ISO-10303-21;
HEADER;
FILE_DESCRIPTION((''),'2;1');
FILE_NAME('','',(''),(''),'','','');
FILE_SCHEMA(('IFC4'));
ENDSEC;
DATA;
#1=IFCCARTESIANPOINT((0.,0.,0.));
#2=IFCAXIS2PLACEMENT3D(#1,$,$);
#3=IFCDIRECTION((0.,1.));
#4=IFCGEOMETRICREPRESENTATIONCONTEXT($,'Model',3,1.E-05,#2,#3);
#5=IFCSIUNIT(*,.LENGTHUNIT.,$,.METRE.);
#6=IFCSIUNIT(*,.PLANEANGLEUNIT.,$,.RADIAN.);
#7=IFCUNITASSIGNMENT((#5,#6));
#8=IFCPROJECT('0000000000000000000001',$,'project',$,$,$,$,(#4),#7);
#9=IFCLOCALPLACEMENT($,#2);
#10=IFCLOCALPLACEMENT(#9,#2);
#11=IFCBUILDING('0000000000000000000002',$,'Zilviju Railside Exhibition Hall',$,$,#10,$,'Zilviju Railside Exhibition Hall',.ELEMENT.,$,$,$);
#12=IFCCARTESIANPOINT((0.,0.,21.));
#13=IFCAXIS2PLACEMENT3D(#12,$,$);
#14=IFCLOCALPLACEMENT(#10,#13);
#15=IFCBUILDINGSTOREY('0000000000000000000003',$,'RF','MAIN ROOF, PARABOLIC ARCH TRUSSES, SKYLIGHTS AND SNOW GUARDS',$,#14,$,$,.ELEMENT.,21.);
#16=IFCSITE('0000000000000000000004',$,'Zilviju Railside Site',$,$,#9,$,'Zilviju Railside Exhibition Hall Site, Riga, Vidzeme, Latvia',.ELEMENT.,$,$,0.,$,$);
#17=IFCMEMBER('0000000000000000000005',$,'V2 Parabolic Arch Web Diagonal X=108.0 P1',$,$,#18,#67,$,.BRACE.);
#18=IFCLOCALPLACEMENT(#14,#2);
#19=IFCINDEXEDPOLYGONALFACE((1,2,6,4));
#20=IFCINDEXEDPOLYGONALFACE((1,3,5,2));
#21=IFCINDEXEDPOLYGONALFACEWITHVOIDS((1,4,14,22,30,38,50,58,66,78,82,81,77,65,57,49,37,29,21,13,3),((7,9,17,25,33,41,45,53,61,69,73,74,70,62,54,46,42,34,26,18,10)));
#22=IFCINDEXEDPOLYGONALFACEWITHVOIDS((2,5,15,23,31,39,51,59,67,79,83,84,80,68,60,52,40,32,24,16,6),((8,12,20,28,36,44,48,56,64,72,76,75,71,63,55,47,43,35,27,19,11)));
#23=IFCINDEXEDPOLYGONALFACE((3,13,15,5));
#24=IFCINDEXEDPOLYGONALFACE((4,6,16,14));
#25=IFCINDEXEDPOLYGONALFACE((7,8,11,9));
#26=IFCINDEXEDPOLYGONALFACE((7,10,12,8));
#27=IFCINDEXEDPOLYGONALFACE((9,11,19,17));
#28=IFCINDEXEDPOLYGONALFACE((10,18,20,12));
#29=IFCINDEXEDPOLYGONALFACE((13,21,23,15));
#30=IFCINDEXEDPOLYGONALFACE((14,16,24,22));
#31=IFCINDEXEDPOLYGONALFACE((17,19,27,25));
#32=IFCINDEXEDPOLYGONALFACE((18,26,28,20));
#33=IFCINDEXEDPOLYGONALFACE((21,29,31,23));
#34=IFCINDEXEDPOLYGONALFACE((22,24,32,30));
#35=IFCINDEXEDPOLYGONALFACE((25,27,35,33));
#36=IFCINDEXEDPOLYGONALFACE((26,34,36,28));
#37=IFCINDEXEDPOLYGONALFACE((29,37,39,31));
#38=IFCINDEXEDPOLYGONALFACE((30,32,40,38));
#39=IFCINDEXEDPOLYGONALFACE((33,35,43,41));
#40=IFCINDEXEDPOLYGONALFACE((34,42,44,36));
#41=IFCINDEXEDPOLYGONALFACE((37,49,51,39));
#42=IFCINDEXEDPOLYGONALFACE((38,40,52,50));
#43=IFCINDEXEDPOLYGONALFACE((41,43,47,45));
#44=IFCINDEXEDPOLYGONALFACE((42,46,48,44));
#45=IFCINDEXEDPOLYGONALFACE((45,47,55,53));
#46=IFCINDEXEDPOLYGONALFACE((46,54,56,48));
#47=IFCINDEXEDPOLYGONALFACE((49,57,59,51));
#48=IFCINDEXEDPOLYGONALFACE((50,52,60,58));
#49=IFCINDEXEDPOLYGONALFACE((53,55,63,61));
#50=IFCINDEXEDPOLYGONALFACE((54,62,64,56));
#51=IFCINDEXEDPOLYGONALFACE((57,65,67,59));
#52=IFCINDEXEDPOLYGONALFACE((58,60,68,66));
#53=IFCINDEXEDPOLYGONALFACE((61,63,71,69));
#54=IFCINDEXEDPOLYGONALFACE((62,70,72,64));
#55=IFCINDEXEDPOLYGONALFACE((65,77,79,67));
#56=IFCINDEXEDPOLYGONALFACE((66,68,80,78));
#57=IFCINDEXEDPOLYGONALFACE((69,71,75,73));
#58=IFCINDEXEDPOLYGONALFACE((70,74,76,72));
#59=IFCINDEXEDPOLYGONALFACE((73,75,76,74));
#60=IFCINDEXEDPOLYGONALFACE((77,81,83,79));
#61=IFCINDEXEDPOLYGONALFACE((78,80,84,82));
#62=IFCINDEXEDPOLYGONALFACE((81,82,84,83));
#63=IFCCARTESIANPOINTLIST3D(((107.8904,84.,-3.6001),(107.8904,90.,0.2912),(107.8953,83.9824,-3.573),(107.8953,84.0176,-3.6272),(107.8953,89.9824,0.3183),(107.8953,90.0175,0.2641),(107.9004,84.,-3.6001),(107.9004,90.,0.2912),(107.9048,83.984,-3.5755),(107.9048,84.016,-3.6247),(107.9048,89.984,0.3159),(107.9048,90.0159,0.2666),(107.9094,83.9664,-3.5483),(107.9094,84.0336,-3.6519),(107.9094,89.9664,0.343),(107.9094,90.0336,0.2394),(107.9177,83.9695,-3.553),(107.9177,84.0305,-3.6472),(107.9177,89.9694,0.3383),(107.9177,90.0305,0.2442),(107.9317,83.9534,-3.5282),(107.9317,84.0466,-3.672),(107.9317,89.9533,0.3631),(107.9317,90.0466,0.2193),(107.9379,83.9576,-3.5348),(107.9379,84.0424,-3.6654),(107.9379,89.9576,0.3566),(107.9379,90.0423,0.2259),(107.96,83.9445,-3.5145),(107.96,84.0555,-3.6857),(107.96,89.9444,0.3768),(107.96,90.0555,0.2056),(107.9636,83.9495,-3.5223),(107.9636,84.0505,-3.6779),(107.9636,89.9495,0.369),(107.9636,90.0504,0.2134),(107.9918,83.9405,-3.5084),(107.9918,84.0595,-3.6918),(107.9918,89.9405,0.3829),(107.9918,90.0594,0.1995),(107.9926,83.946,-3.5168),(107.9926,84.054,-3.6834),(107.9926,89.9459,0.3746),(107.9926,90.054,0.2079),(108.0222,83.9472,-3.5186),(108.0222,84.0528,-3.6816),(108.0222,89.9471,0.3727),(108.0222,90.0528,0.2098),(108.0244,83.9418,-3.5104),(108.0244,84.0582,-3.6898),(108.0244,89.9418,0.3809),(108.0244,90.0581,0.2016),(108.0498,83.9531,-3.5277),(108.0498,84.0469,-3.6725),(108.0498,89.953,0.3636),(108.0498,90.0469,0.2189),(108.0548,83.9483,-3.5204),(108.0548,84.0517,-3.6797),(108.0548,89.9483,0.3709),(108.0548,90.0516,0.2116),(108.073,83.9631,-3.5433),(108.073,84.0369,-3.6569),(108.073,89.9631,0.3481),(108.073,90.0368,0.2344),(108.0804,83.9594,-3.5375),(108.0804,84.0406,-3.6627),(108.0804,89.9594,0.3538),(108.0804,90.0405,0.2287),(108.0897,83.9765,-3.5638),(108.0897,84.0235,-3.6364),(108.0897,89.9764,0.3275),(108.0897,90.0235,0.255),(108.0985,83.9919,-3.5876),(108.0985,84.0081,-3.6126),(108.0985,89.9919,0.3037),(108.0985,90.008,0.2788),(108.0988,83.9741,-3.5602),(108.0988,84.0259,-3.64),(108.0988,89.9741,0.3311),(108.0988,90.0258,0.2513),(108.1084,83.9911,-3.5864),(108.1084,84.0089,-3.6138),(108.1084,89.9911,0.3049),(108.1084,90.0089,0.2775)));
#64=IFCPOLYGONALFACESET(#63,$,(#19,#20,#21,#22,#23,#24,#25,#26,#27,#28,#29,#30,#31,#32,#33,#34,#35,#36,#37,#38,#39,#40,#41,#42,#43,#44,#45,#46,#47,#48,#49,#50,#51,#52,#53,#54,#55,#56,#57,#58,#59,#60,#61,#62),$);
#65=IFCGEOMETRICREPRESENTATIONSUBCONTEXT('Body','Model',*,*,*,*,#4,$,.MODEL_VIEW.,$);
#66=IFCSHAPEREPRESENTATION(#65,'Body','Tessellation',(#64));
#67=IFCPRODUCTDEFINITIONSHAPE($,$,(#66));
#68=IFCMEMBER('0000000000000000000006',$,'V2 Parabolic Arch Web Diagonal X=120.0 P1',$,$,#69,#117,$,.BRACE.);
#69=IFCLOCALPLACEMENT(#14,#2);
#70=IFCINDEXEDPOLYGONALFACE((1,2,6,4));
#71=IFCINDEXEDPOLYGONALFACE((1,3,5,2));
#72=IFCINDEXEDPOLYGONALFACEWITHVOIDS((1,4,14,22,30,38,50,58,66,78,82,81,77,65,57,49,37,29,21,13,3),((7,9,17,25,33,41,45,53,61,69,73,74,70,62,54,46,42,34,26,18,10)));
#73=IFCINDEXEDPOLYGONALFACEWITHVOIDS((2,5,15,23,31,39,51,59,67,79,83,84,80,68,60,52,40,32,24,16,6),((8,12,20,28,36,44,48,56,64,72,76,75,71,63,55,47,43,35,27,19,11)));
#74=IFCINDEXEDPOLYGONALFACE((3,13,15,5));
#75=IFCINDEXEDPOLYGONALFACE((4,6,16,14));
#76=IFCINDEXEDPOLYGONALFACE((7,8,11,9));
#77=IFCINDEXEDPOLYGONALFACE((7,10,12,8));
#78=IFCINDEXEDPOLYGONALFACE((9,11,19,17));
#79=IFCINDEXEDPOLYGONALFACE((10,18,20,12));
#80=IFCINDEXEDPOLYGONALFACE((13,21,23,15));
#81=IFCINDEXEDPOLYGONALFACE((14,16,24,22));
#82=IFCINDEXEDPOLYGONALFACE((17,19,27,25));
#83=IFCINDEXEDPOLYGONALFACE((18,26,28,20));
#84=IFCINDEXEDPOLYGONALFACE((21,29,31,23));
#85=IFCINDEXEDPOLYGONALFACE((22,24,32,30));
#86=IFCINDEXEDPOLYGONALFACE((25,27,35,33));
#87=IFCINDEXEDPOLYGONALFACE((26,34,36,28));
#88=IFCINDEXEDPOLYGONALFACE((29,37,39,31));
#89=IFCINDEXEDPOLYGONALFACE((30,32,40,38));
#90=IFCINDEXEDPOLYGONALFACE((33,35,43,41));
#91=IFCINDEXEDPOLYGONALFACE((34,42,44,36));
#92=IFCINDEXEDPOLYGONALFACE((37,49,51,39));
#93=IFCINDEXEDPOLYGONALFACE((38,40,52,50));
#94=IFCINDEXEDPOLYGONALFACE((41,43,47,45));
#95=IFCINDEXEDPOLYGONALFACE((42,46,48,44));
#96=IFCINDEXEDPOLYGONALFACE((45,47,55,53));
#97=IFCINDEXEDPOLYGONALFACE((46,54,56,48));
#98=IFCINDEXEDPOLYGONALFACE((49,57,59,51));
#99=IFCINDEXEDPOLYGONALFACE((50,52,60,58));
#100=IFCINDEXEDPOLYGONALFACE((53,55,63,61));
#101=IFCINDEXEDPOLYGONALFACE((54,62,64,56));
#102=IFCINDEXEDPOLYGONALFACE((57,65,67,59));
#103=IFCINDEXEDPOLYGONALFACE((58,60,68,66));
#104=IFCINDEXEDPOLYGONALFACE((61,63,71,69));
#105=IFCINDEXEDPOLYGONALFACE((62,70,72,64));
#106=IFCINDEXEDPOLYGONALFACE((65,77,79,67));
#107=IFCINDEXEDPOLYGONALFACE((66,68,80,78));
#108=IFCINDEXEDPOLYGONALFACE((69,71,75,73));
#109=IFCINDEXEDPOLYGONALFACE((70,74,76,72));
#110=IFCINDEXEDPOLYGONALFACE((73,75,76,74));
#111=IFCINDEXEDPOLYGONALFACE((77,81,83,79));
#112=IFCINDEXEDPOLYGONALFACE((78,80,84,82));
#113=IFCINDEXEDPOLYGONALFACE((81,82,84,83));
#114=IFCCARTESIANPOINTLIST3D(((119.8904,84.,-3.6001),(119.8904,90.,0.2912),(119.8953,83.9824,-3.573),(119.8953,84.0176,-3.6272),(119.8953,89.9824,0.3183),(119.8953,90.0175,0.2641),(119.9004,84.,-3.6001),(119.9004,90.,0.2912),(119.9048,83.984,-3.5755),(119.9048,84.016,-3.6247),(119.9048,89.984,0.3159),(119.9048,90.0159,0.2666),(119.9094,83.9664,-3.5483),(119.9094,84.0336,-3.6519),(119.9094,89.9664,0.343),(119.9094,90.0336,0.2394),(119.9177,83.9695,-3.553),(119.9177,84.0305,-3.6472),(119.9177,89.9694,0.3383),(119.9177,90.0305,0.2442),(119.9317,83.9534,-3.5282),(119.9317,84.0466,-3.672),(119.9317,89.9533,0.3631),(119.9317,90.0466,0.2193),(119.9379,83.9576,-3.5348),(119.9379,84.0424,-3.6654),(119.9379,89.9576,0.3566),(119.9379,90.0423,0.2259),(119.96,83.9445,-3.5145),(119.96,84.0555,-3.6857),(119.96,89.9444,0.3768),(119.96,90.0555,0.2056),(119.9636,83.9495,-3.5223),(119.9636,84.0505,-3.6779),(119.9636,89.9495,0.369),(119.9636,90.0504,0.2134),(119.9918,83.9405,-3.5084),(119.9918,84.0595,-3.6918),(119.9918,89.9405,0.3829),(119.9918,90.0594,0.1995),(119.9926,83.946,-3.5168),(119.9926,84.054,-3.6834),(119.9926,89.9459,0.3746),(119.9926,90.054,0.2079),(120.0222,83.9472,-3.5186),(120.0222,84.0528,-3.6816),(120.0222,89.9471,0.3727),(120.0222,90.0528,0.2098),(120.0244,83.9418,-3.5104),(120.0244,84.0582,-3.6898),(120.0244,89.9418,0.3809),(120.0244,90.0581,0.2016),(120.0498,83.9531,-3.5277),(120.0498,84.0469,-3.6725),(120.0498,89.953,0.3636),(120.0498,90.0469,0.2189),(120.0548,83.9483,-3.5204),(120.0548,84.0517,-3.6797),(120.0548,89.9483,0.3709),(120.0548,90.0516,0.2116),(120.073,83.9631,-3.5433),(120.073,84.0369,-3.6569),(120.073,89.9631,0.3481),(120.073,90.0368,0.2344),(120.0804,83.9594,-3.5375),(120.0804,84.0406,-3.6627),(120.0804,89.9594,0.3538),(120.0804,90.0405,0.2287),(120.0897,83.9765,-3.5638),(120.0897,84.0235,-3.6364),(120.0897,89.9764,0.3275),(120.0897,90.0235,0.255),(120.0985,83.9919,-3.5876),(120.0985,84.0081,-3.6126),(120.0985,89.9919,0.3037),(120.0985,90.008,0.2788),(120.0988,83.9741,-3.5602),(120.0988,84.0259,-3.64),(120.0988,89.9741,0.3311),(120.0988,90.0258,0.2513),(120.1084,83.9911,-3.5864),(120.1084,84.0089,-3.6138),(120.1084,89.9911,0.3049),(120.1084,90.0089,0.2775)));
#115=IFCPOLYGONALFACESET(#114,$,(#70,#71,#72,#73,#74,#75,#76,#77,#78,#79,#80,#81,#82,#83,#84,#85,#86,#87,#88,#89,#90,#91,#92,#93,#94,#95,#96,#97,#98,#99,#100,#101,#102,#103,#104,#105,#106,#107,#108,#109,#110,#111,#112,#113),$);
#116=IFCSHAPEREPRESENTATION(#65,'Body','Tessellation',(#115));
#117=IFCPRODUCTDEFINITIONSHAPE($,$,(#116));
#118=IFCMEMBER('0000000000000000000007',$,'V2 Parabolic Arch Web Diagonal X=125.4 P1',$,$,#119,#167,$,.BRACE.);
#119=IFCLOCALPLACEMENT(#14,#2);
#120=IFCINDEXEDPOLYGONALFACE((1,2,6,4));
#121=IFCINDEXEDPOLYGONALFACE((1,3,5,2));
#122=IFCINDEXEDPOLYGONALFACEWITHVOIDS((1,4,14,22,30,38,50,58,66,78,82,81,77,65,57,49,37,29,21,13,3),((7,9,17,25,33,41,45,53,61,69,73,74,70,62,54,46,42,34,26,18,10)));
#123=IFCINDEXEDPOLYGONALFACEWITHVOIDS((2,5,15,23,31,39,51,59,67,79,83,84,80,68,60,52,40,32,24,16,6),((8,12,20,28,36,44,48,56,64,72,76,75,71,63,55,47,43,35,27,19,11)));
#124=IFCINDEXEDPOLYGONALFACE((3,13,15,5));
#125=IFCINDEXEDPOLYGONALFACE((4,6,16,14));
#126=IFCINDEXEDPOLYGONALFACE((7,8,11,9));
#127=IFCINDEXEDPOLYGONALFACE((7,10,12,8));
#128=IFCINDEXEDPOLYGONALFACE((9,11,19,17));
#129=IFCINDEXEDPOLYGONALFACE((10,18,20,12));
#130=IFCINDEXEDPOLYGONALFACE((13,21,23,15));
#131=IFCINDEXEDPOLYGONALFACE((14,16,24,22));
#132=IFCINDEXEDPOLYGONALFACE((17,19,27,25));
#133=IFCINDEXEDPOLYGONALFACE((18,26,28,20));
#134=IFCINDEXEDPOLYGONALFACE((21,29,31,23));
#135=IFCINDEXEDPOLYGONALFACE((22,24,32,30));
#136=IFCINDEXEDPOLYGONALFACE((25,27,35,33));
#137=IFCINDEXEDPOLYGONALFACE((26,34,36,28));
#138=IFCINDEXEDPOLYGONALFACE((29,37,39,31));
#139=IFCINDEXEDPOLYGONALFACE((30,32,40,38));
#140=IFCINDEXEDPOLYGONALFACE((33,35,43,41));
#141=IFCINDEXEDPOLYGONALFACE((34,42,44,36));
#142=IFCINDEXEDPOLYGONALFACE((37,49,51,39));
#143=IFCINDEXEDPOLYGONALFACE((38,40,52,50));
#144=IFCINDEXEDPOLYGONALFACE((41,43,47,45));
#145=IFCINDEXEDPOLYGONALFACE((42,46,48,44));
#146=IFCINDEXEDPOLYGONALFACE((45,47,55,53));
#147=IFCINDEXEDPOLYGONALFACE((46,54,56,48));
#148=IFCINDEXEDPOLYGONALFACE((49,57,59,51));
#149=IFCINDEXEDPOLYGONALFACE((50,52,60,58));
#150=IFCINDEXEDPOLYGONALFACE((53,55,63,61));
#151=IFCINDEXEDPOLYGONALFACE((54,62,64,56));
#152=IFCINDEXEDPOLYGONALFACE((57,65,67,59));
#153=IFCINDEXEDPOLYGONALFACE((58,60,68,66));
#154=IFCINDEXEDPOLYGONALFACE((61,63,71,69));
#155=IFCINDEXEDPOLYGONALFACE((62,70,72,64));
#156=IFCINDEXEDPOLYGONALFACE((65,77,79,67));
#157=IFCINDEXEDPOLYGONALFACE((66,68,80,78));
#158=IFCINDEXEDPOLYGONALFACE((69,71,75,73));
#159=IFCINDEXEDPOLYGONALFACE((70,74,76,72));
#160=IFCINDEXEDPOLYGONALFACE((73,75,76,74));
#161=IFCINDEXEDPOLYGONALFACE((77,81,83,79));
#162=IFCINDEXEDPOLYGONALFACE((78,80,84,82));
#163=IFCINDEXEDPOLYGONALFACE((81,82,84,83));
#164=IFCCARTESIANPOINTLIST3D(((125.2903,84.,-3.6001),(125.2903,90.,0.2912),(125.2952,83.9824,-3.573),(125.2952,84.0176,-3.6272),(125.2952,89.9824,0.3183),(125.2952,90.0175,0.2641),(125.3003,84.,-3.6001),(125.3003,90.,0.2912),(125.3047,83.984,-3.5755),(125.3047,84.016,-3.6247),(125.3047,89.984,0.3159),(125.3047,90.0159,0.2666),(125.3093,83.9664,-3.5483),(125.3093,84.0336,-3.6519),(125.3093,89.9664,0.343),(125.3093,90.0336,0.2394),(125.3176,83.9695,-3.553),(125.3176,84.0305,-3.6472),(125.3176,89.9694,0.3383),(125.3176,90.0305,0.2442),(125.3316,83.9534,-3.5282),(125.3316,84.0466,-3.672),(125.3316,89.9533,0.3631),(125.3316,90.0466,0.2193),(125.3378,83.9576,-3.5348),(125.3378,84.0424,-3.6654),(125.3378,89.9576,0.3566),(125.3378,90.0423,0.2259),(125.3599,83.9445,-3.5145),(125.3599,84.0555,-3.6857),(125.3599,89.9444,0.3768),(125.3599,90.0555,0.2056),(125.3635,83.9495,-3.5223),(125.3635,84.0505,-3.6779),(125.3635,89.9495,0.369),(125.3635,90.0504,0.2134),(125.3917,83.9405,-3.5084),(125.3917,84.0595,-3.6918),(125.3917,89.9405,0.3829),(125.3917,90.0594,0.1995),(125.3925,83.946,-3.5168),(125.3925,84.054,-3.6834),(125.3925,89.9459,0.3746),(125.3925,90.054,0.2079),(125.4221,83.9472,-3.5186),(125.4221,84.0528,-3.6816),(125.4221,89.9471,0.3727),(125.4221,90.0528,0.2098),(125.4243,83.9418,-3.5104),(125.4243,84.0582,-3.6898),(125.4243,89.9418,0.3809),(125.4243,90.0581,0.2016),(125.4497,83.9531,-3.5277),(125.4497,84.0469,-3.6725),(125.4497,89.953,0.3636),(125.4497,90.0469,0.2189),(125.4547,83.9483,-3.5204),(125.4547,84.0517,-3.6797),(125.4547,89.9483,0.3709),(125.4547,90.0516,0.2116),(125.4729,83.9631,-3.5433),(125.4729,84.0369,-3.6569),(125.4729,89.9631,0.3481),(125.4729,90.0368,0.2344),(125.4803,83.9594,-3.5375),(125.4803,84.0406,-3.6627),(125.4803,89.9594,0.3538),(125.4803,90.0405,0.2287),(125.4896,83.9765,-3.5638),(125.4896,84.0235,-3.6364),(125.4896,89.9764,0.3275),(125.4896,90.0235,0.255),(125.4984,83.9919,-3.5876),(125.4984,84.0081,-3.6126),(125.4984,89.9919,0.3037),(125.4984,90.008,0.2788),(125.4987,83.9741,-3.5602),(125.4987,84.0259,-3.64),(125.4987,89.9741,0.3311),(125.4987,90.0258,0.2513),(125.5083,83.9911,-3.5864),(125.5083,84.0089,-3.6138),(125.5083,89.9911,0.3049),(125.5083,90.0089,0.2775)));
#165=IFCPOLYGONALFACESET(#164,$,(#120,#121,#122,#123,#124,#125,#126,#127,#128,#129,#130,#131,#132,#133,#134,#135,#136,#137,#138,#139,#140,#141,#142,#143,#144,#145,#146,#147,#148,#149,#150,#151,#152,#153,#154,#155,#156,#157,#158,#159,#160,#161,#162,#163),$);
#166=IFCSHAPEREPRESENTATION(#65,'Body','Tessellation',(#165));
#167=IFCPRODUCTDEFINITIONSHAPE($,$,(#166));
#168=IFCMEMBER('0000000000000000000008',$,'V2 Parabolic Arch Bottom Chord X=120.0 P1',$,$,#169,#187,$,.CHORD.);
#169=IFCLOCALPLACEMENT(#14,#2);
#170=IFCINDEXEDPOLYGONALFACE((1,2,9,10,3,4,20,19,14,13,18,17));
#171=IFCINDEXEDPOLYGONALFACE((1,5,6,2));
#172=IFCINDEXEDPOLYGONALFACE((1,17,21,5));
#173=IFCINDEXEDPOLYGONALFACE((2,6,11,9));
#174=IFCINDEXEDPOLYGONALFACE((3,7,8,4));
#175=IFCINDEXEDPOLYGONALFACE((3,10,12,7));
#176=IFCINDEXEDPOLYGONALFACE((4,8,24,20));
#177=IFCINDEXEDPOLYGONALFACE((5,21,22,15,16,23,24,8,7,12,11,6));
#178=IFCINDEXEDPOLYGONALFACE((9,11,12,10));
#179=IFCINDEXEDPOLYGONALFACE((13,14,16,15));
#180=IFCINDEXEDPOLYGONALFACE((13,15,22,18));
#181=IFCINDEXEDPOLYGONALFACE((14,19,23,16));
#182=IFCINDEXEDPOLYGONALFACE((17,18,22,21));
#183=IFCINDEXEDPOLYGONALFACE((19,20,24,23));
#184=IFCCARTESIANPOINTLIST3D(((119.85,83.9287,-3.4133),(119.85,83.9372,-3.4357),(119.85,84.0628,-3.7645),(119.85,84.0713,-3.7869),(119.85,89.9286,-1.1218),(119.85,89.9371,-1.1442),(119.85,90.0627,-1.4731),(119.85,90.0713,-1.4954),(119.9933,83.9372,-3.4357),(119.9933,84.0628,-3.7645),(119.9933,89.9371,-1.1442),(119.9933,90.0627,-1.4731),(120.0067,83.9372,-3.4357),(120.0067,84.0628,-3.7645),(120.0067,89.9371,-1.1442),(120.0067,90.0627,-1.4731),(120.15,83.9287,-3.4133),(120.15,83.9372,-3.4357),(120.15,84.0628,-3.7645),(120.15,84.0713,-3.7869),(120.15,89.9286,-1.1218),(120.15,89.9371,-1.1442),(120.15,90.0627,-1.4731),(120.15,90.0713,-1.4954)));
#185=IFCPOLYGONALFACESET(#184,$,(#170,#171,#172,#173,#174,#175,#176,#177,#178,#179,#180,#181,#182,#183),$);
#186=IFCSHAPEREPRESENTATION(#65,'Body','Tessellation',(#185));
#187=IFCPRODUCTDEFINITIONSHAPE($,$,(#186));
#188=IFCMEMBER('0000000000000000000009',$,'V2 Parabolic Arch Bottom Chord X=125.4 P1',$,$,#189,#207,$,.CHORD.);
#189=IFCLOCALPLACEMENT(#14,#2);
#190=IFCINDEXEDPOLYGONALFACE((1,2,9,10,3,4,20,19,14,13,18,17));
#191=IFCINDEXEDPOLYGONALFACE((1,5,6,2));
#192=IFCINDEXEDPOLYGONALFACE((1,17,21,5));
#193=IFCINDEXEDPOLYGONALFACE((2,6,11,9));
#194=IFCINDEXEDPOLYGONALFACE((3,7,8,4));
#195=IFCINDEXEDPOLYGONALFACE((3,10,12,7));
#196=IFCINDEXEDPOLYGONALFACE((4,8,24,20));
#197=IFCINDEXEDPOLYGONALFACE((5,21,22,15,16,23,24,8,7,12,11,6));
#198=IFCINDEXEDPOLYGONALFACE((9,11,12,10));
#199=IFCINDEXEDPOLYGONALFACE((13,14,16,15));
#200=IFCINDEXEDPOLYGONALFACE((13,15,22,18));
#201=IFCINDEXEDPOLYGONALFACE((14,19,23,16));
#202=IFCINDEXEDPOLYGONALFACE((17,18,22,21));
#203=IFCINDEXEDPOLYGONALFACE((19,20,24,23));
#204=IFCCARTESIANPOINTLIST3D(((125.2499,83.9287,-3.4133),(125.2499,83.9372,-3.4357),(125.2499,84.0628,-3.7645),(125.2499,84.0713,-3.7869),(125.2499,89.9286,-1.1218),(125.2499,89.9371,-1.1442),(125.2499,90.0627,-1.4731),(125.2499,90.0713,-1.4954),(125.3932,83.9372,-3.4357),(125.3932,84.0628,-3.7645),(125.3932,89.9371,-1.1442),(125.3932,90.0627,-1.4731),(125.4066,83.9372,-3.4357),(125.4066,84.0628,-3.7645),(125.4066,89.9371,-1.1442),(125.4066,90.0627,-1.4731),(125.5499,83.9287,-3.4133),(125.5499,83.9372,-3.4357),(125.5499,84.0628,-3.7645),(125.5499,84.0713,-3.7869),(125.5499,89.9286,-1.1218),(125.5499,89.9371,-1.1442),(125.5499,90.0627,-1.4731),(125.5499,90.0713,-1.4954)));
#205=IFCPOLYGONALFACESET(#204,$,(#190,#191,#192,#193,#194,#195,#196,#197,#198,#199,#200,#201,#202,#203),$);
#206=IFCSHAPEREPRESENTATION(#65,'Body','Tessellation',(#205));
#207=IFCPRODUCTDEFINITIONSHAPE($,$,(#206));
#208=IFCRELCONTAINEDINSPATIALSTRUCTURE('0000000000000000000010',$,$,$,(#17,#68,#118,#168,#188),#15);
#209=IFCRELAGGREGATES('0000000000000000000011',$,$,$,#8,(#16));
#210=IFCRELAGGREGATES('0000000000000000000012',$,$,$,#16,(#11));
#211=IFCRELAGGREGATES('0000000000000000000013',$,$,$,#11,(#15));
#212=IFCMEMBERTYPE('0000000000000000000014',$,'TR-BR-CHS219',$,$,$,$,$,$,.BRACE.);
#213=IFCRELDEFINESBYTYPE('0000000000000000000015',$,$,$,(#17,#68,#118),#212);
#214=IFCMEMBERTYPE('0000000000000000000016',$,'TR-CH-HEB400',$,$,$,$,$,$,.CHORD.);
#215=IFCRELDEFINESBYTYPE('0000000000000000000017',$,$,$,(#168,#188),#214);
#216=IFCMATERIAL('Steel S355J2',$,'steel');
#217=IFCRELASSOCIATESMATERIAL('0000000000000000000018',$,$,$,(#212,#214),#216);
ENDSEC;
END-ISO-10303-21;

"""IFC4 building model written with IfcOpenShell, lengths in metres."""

from ifc_helpers import new_model, si_unit, direction, frame, origin, origin_2d, place, context, subcontext, project, spatial, hollow_circle, i_section, extrude, material, material_profile, profile_set, type_object, element, save


model = new_model("IFC4")

# Units and contexts
model_context = context("Model", 3, precision=1e-05, world=origin(), true_north=direction((0.0, 1.0)))
body_context = subcontext(model_context, "Body", "Model", "MODEL_VIEW")
ifc_project = project(units=[si_unit("LENGTHUNIT", "METRE"), si_unit("PLANEANGLEUNIT", "RADIAN")], contexts=[model_context])

# Site, building, storey
site_placement = place(None, origin())
site = spatial("IfcSite", under=ifc_project, at=site_placement, Name="Zilviju Railside Site", LongName="Zilviju Railside Exhibition Hall Site, Riga, Vidzeme, Latvia", CompositionType="ELEMENT", RefElevation=0.0)
building_placement = place(site_placement, origin())
building = spatial("IfcBuilding", under=site, at=building_placement, Name="Zilviju Railside Exhibition Hall", LongName="Zilviju Railside Exhibition Hall", CompositionType="ELEMENT")
storey_placement = place(building_placement, frame((0.0, 0.0, 21.0)))
storey = spatial("IfcBuildingStorey", under=building, at=storey_placement, Name="RF", Description="MAIN ROOF, PARABOLIC ARCH TRUSSES, SKYLIGHTS AND SNOW GUARDS", CompositionType="ELEMENT", Elevation=21.0)

# Members
ifc_material_1 = material(Name="Steel S355J2", Category="steel")
ifc_material_profile_1 = material_profile(ifc_material_1, hollow_circle(Radius=0.1096, WallThickness=0.01, at=origin_2d()), Name="CHS 219.1x10.0")
ifc_profile_set_1 = profile_set([ifc_material_profile_1], Name="Steel S355J2")
member_type_1 = type_object("IfcMemberType", Name="TR-BR-CHS219", PredefinedType="BRACE", material=ifc_profile_set_1)
for number, where, z_axis, x_axis, name in (
    (1, (108.0, 84.0, -3.6001), (0.0, 0.838995, 0.544139), (-1.0, 0.0, 0.0), "V2 Parabolic Arch Web Diagonal X=108.0 P1"),
    (2, (120.0, 84.0, -3.6001), (0.0, 0.838995, 0.544139), (-1.0, 0.0, 0.0), "V2 Parabolic Arch Web Diagonal X=120.0 P1"),
    (3, (125.3999, 84.0, -3.6001), (0.0, 0.838995, 0.544139), (-1.0, 0.0, 0.0), "V2 Parabolic Arch Web Diagonal X=125.4 P1"),
):
    element("IfcMember", number, at=place(storey_placement, frame(where, z_axis=z_axis, x_axis=x_axis)), inside=storey, type_object=member_type_1, Name=name, PredefinedType="BRACE", context=body_context, shape_type="SweptSolid", body=[
        extrude(hollow_circle(Radius=0.1096, WallThickness=0.01, at=origin_2d()), origin(), (0.0, 0.0, 1.0), 7.1514),
    ])
ifc_material_profile_2 = material_profile(ifc_material_1, i_section(OverallWidth=0.3, OverallDepth=0.3999, WebThickness=0.0134, FlangeThickness=0.0239, at=origin_2d()), Name="HEB 400")
ifc_profile_set_2 = profile_set([ifc_material_profile_2], Name="Steel S355J2")
member_type_2 = type_object("IfcMemberType", Name="TR-CH-HEB400", PredefinedType="CHORD", material=ifc_profile_set_2)
for number, where, z_axis, x_axis, name in (
    (4, (120.0, 84.0, -3.6001), (0.0, 0.934188, 0.356782), (-1.0, 0.0, 0.0), "V2 Parabolic Arch Bottom Chord X=120.0 P1"),
    (5, (125.3999, 84.0, -3.6001), (0.0, 0.934188, 0.356782), (-1.0, 0.0, 0.0), "V2 Parabolic Arch Bottom Chord X=125.4 P1"),
):
    element("IfcMember", number, at=place(storey_placement, frame(where, z_axis=z_axis, x_axis=x_axis)), inside=storey, type_object=member_type_2, Name=name, PredefinedType="CHORD", context=body_context, shape_type="SweptSolid", body=[
        extrude(i_section(OverallWidth=0.3, OverallDepth=0.3999, WebThickness=0.0134, FlangeThickness=0.0239, at=origin_2d()), origin(), (0.0, 0.0, 1.0), 6.4226),
    ])

save(model, "model.ifc")
